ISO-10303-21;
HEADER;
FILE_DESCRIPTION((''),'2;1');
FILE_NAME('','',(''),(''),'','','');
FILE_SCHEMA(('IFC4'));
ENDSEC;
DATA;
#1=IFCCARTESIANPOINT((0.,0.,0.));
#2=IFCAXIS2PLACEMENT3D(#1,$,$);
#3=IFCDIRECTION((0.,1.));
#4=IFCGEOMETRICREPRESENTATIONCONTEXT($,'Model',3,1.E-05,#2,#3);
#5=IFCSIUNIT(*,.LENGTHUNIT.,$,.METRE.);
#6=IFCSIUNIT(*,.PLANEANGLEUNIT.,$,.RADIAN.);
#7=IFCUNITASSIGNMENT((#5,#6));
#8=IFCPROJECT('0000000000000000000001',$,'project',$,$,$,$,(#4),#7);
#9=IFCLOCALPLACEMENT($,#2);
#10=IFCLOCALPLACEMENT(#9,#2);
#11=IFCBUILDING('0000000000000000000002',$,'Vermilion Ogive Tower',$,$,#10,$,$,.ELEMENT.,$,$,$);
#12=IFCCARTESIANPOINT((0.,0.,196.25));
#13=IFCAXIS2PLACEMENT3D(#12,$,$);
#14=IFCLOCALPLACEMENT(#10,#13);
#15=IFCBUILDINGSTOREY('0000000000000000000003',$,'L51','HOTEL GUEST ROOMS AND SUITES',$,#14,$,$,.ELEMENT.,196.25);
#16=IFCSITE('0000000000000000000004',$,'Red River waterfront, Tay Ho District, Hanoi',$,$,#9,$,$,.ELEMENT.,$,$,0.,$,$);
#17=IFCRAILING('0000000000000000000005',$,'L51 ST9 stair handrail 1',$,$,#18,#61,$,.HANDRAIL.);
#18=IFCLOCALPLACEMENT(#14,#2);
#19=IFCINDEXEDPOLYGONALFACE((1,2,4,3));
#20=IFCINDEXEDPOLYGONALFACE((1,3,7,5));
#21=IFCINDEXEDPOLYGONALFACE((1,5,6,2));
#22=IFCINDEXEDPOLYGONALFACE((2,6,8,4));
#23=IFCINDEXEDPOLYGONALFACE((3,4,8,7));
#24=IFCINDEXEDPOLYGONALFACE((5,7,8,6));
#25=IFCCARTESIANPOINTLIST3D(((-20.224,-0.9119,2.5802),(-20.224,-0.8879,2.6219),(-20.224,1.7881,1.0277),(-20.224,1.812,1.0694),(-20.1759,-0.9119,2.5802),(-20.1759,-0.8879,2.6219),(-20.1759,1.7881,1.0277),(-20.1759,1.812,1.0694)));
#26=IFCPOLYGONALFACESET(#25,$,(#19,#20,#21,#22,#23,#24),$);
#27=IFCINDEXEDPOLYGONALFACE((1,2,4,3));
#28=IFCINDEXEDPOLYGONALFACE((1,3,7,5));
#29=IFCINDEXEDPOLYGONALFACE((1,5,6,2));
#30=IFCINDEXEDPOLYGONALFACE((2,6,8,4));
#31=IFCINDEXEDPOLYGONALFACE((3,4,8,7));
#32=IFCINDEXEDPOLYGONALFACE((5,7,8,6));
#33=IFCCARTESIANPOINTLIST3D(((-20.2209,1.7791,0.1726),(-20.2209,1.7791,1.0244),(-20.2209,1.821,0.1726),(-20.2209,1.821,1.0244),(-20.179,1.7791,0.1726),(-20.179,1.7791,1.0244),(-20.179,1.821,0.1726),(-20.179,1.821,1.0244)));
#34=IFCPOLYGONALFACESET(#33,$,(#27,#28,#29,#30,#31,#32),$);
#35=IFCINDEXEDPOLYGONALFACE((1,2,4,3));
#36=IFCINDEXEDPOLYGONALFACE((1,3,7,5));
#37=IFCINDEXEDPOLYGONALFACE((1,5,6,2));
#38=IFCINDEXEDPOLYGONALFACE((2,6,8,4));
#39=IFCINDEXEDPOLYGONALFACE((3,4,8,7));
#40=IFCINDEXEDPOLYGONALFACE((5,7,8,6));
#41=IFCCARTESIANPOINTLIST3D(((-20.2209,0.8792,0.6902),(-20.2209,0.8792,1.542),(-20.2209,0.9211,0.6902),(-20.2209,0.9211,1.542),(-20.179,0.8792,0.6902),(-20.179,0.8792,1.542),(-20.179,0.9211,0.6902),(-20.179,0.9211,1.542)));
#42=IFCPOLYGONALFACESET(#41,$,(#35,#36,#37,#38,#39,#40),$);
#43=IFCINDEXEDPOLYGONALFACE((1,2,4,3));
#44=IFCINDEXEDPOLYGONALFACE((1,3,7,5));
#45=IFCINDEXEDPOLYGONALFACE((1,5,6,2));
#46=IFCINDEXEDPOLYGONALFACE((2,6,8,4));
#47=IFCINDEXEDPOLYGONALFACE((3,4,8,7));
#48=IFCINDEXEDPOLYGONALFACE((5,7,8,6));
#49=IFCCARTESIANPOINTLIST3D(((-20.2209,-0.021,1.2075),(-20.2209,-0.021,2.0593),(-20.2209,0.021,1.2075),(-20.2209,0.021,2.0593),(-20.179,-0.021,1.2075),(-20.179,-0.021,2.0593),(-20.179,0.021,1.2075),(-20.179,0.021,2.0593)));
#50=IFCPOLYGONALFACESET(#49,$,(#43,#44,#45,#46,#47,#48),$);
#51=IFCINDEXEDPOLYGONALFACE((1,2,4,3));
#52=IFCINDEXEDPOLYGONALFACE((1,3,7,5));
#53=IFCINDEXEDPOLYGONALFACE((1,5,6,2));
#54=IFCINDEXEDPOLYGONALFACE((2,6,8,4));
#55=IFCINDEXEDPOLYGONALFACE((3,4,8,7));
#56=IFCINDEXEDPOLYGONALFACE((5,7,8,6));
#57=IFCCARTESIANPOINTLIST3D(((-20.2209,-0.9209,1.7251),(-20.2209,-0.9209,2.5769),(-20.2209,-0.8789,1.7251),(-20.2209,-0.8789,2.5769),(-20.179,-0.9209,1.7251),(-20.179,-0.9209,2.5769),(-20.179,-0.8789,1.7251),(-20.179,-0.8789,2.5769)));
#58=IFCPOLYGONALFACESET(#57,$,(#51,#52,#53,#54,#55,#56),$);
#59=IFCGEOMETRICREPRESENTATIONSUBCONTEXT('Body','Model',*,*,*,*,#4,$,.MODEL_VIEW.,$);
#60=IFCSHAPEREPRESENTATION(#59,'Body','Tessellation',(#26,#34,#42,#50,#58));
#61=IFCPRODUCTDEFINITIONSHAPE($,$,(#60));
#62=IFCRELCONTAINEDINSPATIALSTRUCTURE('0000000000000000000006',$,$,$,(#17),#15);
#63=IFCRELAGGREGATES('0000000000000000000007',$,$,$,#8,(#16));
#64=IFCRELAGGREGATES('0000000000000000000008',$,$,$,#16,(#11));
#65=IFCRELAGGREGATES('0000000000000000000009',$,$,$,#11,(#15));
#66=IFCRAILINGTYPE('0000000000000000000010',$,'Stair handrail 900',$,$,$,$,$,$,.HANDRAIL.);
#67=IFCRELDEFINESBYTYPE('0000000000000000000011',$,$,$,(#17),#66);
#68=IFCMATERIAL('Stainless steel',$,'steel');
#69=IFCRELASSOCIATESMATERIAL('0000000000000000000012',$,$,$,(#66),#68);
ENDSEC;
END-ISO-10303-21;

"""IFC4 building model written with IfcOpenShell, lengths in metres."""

from ifc_helpers import new_model, si_unit, direction, frame, origin, origin_2d, place, context, subcontext, project, spatial, rectangle, extrude, material, type_object, element, save


model = new_model("IFC4")

# Units and contexts
model_context = context("Model", 3, precision=1e-05, world=origin(), true_north=direction((0.0, 1.0)))
body_context = subcontext(model_context, "Body", "Model", "MODEL_VIEW")
ifc_project = project(units=[si_unit("LENGTHUNIT", "METRE"), si_unit("PLANEANGLEUNIT", "RADIAN")], contexts=[model_context])

# Site, building, storey
site_placement = place(None, origin())
site = spatial("IfcSite", under=ifc_project, at=site_placement, Name="Red River waterfront, Tay Ho District, Hanoi", CompositionType="ELEMENT", RefElevation=0.0)
building_placement = place(site_placement, origin())
building = spatial("IfcBuilding", under=site, at=building_placement, Name="Vermilion Ogive Tower", CompositionType="ELEMENT")
storey_placement = place(building_placement, frame((0.0, 0.0, 196.25)))
storey = spatial("IfcBuildingStorey", under=building, at=storey_placement, Name="L51", Description="HOTEL GUEST ROOMS AND SUITES", CompositionType="ELEMENT", Elevation=196.25)

# Railing
ifc_material_1 = material(Name="Stainless steel", Category="steel")
railing_type_1 = type_object("IfcRailingType", Name="Stair handrail 900", PredefinedType="HANDRAIL", material=ifc_material_1)
railing_1_placement = place(storey_placement, frame((-20.2, 1.8, 0.1726)))
element("IfcRailing", 1, at=railing_1_placement, inside=storey, type_object=railing_type_1, Name="L51 ST9 stair handrail 1", PredefinedType="HANDRAIL", context=body_context, shape_type="SweptSolid", body=[
    extrude(rectangle(XDim=0.0481, YDim=0.0481, at=origin_2d()), frame((0.0, 0.0, 0.876), z_axis=(0.0, -0.866904, 0.498476), x_axis=(1.0, 0.0, 0.0)), (0.0, 0.0, 1.0), 3.1145),
    extrude(rectangle(XDim=0.042, YDim=0.042, at=origin_2d()), origin(), (0.0, 0.0, 1.0), 0.8518),
    extrude(rectangle(XDim=0.042, YDim=0.042, at=origin_2d()), frame((0.0, -0.8999, 0.5176)), (0.0, 0.0, 1.0), 0.8518),
    extrude(rectangle(XDim=0.042, YDim=0.042, at=origin_2d()), frame((0.0, -1.8, 1.0349)), (0.0, 0.0, 1.0), 0.8518),
    extrude(rectangle(XDim=0.042, YDim=0.042, at=origin_2d()), frame((0.0, -2.7, 1.5525)), (0.0, 0.0, 1.0), 0.8518),
])

save(model, "model.ifc")
